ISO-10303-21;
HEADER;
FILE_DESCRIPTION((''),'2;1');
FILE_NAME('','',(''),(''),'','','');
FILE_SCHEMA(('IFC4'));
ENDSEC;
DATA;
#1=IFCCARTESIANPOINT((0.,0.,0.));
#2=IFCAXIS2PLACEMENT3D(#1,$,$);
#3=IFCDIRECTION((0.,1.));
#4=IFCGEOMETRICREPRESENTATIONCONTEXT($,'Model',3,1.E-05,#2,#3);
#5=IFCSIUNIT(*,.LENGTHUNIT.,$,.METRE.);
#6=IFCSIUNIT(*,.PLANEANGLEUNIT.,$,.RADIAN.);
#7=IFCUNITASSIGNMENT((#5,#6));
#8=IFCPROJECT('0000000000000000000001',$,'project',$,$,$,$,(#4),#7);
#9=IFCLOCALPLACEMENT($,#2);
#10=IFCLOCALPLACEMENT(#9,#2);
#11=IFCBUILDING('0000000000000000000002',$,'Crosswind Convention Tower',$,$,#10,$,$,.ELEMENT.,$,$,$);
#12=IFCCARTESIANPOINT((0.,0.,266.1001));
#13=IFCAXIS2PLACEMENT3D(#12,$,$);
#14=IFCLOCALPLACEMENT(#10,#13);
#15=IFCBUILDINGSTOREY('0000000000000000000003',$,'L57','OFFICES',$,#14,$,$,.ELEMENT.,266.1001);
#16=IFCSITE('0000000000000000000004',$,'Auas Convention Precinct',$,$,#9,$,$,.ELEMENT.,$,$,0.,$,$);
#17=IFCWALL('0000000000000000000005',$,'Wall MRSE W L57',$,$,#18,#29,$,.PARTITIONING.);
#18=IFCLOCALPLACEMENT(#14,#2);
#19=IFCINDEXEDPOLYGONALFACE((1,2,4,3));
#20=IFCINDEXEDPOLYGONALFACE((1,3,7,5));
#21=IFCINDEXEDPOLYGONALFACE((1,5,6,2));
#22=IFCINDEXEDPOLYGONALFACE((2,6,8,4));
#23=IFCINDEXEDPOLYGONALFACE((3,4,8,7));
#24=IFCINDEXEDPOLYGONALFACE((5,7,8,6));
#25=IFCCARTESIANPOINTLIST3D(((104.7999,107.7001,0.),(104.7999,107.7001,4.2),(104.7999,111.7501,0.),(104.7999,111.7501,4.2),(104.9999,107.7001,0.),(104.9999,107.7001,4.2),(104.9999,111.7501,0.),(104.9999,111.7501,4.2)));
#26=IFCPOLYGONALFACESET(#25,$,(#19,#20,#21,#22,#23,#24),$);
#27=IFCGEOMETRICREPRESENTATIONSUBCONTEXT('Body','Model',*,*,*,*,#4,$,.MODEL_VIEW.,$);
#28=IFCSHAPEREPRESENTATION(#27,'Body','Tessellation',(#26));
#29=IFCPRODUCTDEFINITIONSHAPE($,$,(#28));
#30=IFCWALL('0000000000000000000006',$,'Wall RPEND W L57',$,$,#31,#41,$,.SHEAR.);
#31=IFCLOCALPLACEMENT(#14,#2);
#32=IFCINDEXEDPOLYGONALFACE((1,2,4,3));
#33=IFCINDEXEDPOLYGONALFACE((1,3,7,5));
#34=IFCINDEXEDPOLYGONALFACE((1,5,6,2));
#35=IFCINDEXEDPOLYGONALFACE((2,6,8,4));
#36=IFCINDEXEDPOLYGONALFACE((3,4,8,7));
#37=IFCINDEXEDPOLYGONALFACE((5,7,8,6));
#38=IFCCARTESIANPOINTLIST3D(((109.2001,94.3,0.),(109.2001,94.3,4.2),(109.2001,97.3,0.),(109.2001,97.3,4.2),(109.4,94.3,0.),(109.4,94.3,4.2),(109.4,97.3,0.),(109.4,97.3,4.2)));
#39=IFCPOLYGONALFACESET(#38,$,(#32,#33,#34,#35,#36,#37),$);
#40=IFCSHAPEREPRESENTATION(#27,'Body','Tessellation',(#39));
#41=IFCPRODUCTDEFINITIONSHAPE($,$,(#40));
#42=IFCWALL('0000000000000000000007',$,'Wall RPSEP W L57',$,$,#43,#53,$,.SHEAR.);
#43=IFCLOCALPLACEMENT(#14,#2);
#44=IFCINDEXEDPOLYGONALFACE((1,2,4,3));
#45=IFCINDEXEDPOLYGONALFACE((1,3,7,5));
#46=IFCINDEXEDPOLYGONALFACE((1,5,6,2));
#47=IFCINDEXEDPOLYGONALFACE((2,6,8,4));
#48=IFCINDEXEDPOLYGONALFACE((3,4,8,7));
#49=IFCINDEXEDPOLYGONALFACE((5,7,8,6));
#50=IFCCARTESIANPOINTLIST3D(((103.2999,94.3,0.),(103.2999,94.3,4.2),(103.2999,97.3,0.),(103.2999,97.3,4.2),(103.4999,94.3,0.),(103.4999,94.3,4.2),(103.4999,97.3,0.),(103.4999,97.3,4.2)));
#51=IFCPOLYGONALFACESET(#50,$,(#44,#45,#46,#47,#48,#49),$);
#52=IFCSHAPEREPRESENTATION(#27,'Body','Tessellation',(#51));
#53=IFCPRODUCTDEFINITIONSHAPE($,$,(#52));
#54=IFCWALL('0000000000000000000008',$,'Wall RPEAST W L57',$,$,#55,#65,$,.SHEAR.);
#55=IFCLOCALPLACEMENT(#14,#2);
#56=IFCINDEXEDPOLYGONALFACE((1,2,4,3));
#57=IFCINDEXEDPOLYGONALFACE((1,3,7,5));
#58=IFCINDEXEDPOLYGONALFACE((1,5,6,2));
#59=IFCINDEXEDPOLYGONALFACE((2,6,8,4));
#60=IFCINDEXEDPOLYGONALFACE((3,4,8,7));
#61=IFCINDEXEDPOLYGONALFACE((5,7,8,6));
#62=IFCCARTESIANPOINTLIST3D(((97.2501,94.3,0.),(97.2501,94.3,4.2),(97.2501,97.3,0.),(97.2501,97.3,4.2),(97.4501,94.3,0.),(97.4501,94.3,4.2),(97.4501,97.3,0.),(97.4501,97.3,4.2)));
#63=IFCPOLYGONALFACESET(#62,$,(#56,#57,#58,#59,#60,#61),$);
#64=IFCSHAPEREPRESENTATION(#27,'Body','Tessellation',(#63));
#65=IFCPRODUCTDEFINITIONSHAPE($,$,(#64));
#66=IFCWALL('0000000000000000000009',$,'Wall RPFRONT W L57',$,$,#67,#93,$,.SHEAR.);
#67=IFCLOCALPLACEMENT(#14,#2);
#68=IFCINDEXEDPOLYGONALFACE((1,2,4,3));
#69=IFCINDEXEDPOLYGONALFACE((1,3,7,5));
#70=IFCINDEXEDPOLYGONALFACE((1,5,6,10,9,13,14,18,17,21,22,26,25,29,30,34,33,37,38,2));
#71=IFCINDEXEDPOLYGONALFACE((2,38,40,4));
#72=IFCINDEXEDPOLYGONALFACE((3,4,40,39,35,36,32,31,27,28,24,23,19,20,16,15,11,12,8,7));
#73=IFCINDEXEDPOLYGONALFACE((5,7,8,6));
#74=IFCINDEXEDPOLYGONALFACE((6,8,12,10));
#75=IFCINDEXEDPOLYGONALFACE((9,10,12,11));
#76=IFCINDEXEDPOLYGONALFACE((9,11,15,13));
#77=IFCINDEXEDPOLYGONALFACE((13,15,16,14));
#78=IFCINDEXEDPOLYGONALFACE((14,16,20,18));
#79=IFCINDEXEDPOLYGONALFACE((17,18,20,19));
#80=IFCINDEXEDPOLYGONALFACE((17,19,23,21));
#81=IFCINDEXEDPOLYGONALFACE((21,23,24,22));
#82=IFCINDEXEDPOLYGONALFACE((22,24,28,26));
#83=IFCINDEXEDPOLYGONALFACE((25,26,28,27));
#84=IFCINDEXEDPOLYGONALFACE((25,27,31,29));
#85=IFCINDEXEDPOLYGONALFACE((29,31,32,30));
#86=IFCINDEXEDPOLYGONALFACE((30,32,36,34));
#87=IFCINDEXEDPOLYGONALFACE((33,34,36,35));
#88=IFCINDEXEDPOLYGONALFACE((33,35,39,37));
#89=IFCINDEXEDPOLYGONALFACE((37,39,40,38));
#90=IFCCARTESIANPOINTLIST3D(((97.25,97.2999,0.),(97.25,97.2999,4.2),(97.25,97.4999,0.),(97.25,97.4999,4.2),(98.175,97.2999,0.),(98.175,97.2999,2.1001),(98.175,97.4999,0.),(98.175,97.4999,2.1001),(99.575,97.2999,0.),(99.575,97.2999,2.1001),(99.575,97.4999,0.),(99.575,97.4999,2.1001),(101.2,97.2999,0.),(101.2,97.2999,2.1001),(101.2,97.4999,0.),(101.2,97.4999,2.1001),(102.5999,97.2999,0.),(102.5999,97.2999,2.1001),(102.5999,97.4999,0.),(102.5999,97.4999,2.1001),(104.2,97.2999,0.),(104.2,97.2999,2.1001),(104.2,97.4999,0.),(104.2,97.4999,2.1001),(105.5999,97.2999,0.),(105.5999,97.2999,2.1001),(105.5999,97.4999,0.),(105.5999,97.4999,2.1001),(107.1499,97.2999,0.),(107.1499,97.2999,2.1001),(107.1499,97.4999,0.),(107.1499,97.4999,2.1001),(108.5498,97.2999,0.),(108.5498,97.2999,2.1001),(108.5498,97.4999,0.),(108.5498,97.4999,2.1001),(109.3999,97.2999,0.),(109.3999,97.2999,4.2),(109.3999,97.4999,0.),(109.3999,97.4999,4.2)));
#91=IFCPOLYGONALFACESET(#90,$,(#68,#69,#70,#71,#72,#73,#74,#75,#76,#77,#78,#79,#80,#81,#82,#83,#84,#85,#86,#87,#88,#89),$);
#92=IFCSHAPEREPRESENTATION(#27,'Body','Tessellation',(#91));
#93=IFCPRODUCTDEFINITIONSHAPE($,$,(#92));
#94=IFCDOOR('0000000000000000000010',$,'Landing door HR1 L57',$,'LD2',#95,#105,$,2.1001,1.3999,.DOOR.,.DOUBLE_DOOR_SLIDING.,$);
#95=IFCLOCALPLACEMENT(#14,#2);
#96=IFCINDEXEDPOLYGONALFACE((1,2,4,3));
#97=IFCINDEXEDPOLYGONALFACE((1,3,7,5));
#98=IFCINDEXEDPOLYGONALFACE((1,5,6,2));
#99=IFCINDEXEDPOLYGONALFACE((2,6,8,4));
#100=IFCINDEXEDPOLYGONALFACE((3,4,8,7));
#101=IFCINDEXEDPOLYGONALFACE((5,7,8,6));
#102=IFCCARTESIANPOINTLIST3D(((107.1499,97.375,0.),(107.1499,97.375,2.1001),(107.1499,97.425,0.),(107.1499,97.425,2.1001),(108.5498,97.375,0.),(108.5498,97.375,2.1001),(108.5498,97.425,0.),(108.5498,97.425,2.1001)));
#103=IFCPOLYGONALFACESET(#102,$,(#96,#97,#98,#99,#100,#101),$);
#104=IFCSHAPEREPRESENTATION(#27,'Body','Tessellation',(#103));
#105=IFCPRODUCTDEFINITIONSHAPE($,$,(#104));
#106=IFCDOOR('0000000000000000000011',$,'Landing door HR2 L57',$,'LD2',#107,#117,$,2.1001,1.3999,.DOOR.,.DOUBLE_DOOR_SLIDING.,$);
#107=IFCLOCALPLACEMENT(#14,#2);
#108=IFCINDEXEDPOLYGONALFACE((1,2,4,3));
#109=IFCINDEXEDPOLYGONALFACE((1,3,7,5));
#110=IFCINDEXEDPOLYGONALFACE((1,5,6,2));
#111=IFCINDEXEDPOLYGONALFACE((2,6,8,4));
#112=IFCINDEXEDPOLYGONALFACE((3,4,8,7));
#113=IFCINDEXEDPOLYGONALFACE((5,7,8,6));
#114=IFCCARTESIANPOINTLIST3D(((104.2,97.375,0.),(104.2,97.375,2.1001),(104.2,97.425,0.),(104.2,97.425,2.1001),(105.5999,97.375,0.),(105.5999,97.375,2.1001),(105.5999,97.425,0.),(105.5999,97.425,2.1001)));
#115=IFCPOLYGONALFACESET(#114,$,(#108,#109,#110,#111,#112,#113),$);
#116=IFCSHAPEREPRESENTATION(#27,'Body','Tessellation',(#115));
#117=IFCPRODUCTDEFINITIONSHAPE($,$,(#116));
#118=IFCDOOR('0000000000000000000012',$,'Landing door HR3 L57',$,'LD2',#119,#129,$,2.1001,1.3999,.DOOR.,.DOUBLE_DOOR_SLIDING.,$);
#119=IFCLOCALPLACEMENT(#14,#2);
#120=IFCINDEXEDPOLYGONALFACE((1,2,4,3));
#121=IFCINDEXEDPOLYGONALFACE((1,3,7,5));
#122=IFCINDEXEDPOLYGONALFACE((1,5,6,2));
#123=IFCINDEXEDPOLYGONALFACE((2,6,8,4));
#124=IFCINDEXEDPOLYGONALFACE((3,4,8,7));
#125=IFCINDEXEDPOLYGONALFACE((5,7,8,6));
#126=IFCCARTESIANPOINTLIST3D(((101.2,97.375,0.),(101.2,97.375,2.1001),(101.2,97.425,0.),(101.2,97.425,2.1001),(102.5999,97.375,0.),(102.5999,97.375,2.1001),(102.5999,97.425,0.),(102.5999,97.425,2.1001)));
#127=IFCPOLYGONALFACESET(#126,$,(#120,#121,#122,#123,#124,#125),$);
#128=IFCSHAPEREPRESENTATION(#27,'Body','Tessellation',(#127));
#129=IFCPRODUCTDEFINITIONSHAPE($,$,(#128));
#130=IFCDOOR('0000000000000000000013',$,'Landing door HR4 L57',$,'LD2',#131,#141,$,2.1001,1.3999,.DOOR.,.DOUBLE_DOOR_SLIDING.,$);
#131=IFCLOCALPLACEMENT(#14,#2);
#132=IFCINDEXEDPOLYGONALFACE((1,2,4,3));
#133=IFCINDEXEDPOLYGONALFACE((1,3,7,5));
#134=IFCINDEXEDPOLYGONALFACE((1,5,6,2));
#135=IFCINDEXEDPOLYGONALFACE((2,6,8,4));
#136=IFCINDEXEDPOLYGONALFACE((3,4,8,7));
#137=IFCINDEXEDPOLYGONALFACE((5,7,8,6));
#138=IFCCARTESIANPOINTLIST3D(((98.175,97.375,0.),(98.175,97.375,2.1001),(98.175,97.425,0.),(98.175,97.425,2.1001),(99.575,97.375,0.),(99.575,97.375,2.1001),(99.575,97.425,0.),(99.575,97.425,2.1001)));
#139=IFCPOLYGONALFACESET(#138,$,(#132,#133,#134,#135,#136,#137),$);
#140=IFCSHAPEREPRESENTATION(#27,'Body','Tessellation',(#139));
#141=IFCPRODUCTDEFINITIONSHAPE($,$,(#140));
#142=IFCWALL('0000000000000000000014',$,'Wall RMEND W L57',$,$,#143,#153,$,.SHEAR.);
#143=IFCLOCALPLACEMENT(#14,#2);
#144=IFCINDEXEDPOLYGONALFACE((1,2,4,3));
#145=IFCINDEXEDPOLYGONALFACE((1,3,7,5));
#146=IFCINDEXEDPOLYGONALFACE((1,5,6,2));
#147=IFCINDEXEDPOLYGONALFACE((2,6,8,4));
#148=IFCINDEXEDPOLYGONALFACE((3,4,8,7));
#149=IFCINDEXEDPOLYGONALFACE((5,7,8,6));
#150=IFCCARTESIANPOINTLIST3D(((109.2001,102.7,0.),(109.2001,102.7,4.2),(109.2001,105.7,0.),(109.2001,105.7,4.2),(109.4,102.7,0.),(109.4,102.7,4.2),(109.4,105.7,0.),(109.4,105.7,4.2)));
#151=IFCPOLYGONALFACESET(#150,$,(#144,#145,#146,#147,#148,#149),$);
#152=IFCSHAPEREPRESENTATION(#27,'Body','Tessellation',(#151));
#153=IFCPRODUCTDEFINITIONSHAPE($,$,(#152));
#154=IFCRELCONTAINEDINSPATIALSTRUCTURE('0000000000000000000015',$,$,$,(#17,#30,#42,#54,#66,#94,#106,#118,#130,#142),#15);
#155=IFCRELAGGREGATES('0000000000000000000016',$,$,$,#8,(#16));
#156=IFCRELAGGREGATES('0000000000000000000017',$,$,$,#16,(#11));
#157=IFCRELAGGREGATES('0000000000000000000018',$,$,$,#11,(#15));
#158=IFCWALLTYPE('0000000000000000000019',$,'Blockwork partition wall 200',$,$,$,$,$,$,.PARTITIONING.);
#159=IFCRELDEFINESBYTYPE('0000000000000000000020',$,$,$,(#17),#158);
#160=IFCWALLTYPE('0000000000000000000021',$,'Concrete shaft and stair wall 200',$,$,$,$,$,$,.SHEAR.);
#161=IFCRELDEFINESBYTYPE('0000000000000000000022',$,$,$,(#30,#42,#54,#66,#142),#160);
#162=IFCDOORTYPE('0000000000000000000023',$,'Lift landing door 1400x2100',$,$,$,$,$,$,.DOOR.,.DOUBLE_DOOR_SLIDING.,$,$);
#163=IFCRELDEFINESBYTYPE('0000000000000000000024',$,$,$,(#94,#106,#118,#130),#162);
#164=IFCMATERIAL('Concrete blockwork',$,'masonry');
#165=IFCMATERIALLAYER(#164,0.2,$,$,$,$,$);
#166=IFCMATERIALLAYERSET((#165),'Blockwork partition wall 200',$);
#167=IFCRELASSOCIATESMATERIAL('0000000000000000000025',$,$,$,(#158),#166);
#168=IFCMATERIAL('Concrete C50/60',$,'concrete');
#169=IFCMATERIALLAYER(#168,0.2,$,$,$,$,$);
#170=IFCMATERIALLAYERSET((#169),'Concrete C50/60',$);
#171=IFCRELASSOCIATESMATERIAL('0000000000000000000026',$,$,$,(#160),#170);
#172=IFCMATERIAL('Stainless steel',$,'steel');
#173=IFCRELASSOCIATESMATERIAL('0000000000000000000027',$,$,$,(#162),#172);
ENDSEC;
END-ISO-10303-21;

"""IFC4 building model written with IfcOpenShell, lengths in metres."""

from ifc_helpers import new_model, si_unit, direction, frame, frame_2d, origin, place, context, subcontext, project, spatial, rectangle, extrude, material, layer, layer_set, type_object, element, fill, save


model = new_model("IFC4")

# Units and contexts
model_context = context("Model", 3, precision=1e-05, world=origin(), true_north=direction((0.0, 1.0)))
body_context = subcontext(model_context, "Body", "Model", "MODEL_VIEW")
ifc_project = project(units=[si_unit("LENGTHUNIT", "METRE"), si_unit("PLANEANGLEUNIT", "RADIAN")], contexts=[model_context])

# Site, building, storey
site_placement = place(None, origin())
site = spatial("IfcSite", under=ifc_project, at=site_placement, Name="Auas Convention Precinct", CompositionType="ELEMENT", RefElevation=0.0)
building_placement = place(site_placement, origin())
building = spatial("IfcBuilding", under=site, at=building_placement, Name="Crosswind Convention Tower", CompositionType="ELEMENT")
storey_placement = place(building_placement, frame((0.0, 0.0, 266.1001)))
storey = spatial("IfcBuildingStorey", under=building, at=storey_placement, Name="L57", Description="OFFICES", CompositionType="ELEMENT", Elevation=266.1001)

# Walls
ifc_material_1 = material(Name="Concrete blockwork", Category="masonry")
ifc_layer_1 = layer(ifc_material_1, 0.2)
ifc_layer_set_1 = layer_set([ifc_layer_1], Name="Blockwork partition wall 200")
wall_type_1 = type_object("IfcWallType", Name="Blockwork partition wall 200", PredefinedType="PARTITIONING", material=ifc_layer_set_1)
wall_1_placement = place(storey_placement, frame((104.8999, 111.75, 0.0), z_axis=(0.0, 0.0, 1.0), x_axis=(0.0, -1.0, 0.0)))
element("IfcWall", 1, at=wall_1_placement, inside=storey, type_object=wall_type_1, Name="Wall MRSE W L57", PredefinedType="PARTITIONING", context=body_context, shape_type="SweptSolid", body=[
    extrude(rectangle(XDim=4.05, YDim=0.2, at=frame_2d((2.0249, 0.0))), origin(), (0.0, 0.0, 1.0), 4.2),
])
ifc_material_2 = material(Name="Concrete C50/60", Category="concrete")
ifc_layer_2 = layer(ifc_material_2, 0.2)
ifc_layer_set_2 = layer_set([ifc_layer_2], Name="Concrete C50/60")
wall_type_2 = type_object("IfcWallType", Name="Concrete shaft and stair wall 200", PredefinedType="SHEAR", material=ifc_layer_set_2)
for number, where, z_axis, x_axis, name in (
    (2, (109.3, 97.3, 0.0), (0.0, 0.0, 1.0), (0.0, -1.0, 0.0), "Wall RPEND W L57"),
    (3, (103.3999, 97.3, 0.0), (0.0, 0.0, 1.0), (0.0, -1.0, 0.0), "Wall RPSEP W L57"),
    (4, (97.3501, 97.3, 0.0), (0.0, 0.0, 1.0), (0.0, -1.0, 0.0), "Wall RPEAST W L57"),
):
    element("IfcWall", number, at=place(storey_placement, frame(where, z_axis=z_axis, x_axis=x_axis)), inside=storey, type_object=wall_type_2, Name=name, PredefinedType="SHEAR", context=body_context, shape_type="SweptSolid", body=[
        extrude(rectangle(XDim=3.0, YDim=0.2, at=frame_2d((1.5, 0.0))), origin(), (0.0, 0.0, 1.0), 4.2),
    ])

# Wall, openings, doors
wall_2_placement = place(storey_placement, frame((109.3999, 97.3999, 0.0), z_axis=(0.0, 0.0, 1.0), x_axis=(-1.0, 0.0, 0.0)))
wall_2 = element("IfcWall", 5, at=wall_2_placement, inside=storey, type_object=wall_type_2, Name="Wall RPFRONT W L57", PredefinedType="SHEAR", context=body_context, shape_type="SweptSolid", body=[
    extrude(rectangle(XDim=12.1499, YDim=0.2, at=frame_2d((6.075, 0.0))), origin(), (0.0, 0.0, 1.0), 4.2),
])
opening_1_placement = place(wall_2_placement, frame((0.8501, 0.0, 0.0)))
opening_1 = element("IfcOpeningElement", 6, at=opening_1_placement, cuts=wall_2, PredefinedType="OPENING", context=body_context, shape_type="SweptSolid", body=[
    extrude(rectangle(XDim=1.3999, YDim=2.1001, at=frame_2d((0.7, 1.05))), frame((0.0, 0.1099, 0.0), z_axis=(0.0, -1.0, 0.0), x_axis=(1.0, 0.0, 0.0)), (0.0, 0.0, 1.0), 0.22),
])
opening_2_placement = place(wall_2_placement, frame((3.8, 0.0, 0.0)))
opening_2 = element("IfcOpeningElement", 7, at=opening_2_placement, cuts=wall_2, PredefinedType="OPENING", context=body_context, shape_type="SweptSolid", body=[
    extrude(rectangle(XDim=1.3999, YDim=2.1001, at=frame_2d((0.7, 1.05))), frame((0.0, 0.1099, 0.0), z_axis=(0.0, -1.0, 0.0), x_axis=(1.0, 0.0, 0.0)), (0.0, 0.0, 1.0), 0.22),
])
opening_3_placement = place(wall_2_placement, frame((6.8, 0.0, 0.0)))
opening_3 = element("IfcOpeningElement", 8, at=opening_3_placement, cuts=wall_2, PredefinedType="OPENING", context=body_context, shape_type="SweptSolid", body=[
    extrude(rectangle(XDim=1.3999, YDim=2.1001, at=frame_2d((0.7, 1.05))), frame((0.0, 0.1099, 0.0), z_axis=(0.0, -1.0, 0.0), x_axis=(1.0, 0.0, 0.0)), (0.0, 0.0, 1.0), 0.22),
])
opening_4_placement = place(wall_2_placement, frame((9.825, 0.0, 0.0)))
opening_4 = element("IfcOpeningElement", 9, at=opening_4_placement, cuts=wall_2, PredefinedType="OPENING", context=body_context, shape_type="SweptSolid", body=[
    extrude(rectangle(XDim=1.3999, YDim=2.1001, at=frame_2d((0.7, 1.05))), frame((0.0, 0.1099, 0.0), z_axis=(0.0, -1.0, 0.0), x_axis=(1.0, 0.0, 0.0)), (0.0, 0.0, 1.0), 0.22),
])
ifc_material_3 = material(Name="Stainless steel", Category="steel")
door_type_1 = type_object("IfcDoorType", Name="Lift landing door 1400x2100", OperationType="DOUBLE_DOOR_SLIDING", PredefinedType="DOOR", material=ifc_material_3)
door_1_placement = place(opening_1_placement, origin())
door_1 = element("IfcDoor", 10, at=door_1_placement, inside=storey, type_object=door_type_1, Name="Landing door HR1 L57", ObjectType="LD2", OperationType="DOUBLE_DOOR_SLIDING", OverallHeight=2.1001, OverallWidth=1.3999, PredefinedType="DOOR", context=body_context, shape_type="SweptSolid", body=[
    extrude(rectangle(XDim=1.3999, YDim=2.1001, at=frame_2d((0.7, 1.05))), frame((0.0, 0.0249, 0.0), z_axis=(0.0, -1.0, 0.0), x_axis=(1.0, 0.0, 0.0)), (0.0, 0.0, 1.0), 0.05),
])
fill(opening_1, door_1)
door_2_placement = place(opening_2_placement, origin())
door_2 = element("IfcDoor", 11, at=door_2_placement, inside=storey, type_object=door_type_1, Name="Landing door HR2 L57", ObjectType="LD2", OperationType="DOUBLE_DOOR_SLIDING", OverallHeight=2.1001, OverallWidth=1.3999, PredefinedType="DOOR", context=body_context, shape_type="SweptSolid", body=[
    extrude(rectangle(XDim=1.3999, YDim=2.1001, at=frame_2d((0.7, 1.05))), frame((0.0, 0.0249, 0.0), z_axis=(0.0, -1.0, 0.0), x_axis=(1.0, 0.0, 0.0)), (0.0, 0.0, 1.0), 0.05),
])
fill(opening_2, door_2)
door_3_placement = place(opening_3_placement, origin())
door_3 = element("IfcDoor", 12, at=door_3_placement, inside=storey, type_object=door_type_1, Name="Landing door HR3 L57", ObjectType="LD2", OperationType="DOUBLE_DOOR_SLIDING", OverallHeight=2.1001, OverallWidth=1.3999, PredefinedType="DOOR", context=body_context, shape_type="SweptSolid", body=[
    extrude(rectangle(XDim=1.3999, YDim=2.1001, at=frame_2d((0.7, 1.05))), frame((0.0, 0.0249, 0.0), z_axis=(0.0, -1.0, 0.0), x_axis=(1.0, 0.0, 0.0)), (0.0, 0.0, 1.0), 0.05),
])
fill(opening_3, door_3)
door_4_placement = place(opening_4_placement, origin())
door_4 = element("IfcDoor", 13, at=door_4_placement, inside=storey, type_object=door_type_1, Name="Landing door HR4 L57", ObjectType="LD2", OperationType="DOUBLE_DOOR_SLIDING", OverallHeight=2.1001, OverallWidth=1.3999, PredefinedType="DOOR", context=body_context, shape_type="SweptSolid", body=[
    extrude(rectangle(XDim=1.3999, YDim=2.1001, at=frame_2d((0.7, 1.05))), frame((0.0, 0.0249, 0.0), z_axis=(0.0, -1.0, 0.0), x_axis=(1.0, 0.0, 0.0)), (0.0, 0.0, 1.0), 0.05),
])
fill(opening_4, door_4)

# Wall
wall_3_placement = place(storey_placement, frame((109.3, 105.7, 0.0), z_axis=(0.0, 0.0, 1.0), x_axis=(0.0, -1.0, 0.0)))
element("IfcWall", 14, at=wall_3_placement, inside=storey, type_object=wall_type_2, Name="Wall RMEND W L57", PredefinedType="SHEAR", context=body_context, shape_type="SweptSolid", body=[
    extrude(rectangle(XDim=3.0, YDim=0.2, at=frame_2d((1.5, 0.0))), origin(), (0.0, 0.0, 1.0), 4.2),
])

save(model, "model.ifc")
